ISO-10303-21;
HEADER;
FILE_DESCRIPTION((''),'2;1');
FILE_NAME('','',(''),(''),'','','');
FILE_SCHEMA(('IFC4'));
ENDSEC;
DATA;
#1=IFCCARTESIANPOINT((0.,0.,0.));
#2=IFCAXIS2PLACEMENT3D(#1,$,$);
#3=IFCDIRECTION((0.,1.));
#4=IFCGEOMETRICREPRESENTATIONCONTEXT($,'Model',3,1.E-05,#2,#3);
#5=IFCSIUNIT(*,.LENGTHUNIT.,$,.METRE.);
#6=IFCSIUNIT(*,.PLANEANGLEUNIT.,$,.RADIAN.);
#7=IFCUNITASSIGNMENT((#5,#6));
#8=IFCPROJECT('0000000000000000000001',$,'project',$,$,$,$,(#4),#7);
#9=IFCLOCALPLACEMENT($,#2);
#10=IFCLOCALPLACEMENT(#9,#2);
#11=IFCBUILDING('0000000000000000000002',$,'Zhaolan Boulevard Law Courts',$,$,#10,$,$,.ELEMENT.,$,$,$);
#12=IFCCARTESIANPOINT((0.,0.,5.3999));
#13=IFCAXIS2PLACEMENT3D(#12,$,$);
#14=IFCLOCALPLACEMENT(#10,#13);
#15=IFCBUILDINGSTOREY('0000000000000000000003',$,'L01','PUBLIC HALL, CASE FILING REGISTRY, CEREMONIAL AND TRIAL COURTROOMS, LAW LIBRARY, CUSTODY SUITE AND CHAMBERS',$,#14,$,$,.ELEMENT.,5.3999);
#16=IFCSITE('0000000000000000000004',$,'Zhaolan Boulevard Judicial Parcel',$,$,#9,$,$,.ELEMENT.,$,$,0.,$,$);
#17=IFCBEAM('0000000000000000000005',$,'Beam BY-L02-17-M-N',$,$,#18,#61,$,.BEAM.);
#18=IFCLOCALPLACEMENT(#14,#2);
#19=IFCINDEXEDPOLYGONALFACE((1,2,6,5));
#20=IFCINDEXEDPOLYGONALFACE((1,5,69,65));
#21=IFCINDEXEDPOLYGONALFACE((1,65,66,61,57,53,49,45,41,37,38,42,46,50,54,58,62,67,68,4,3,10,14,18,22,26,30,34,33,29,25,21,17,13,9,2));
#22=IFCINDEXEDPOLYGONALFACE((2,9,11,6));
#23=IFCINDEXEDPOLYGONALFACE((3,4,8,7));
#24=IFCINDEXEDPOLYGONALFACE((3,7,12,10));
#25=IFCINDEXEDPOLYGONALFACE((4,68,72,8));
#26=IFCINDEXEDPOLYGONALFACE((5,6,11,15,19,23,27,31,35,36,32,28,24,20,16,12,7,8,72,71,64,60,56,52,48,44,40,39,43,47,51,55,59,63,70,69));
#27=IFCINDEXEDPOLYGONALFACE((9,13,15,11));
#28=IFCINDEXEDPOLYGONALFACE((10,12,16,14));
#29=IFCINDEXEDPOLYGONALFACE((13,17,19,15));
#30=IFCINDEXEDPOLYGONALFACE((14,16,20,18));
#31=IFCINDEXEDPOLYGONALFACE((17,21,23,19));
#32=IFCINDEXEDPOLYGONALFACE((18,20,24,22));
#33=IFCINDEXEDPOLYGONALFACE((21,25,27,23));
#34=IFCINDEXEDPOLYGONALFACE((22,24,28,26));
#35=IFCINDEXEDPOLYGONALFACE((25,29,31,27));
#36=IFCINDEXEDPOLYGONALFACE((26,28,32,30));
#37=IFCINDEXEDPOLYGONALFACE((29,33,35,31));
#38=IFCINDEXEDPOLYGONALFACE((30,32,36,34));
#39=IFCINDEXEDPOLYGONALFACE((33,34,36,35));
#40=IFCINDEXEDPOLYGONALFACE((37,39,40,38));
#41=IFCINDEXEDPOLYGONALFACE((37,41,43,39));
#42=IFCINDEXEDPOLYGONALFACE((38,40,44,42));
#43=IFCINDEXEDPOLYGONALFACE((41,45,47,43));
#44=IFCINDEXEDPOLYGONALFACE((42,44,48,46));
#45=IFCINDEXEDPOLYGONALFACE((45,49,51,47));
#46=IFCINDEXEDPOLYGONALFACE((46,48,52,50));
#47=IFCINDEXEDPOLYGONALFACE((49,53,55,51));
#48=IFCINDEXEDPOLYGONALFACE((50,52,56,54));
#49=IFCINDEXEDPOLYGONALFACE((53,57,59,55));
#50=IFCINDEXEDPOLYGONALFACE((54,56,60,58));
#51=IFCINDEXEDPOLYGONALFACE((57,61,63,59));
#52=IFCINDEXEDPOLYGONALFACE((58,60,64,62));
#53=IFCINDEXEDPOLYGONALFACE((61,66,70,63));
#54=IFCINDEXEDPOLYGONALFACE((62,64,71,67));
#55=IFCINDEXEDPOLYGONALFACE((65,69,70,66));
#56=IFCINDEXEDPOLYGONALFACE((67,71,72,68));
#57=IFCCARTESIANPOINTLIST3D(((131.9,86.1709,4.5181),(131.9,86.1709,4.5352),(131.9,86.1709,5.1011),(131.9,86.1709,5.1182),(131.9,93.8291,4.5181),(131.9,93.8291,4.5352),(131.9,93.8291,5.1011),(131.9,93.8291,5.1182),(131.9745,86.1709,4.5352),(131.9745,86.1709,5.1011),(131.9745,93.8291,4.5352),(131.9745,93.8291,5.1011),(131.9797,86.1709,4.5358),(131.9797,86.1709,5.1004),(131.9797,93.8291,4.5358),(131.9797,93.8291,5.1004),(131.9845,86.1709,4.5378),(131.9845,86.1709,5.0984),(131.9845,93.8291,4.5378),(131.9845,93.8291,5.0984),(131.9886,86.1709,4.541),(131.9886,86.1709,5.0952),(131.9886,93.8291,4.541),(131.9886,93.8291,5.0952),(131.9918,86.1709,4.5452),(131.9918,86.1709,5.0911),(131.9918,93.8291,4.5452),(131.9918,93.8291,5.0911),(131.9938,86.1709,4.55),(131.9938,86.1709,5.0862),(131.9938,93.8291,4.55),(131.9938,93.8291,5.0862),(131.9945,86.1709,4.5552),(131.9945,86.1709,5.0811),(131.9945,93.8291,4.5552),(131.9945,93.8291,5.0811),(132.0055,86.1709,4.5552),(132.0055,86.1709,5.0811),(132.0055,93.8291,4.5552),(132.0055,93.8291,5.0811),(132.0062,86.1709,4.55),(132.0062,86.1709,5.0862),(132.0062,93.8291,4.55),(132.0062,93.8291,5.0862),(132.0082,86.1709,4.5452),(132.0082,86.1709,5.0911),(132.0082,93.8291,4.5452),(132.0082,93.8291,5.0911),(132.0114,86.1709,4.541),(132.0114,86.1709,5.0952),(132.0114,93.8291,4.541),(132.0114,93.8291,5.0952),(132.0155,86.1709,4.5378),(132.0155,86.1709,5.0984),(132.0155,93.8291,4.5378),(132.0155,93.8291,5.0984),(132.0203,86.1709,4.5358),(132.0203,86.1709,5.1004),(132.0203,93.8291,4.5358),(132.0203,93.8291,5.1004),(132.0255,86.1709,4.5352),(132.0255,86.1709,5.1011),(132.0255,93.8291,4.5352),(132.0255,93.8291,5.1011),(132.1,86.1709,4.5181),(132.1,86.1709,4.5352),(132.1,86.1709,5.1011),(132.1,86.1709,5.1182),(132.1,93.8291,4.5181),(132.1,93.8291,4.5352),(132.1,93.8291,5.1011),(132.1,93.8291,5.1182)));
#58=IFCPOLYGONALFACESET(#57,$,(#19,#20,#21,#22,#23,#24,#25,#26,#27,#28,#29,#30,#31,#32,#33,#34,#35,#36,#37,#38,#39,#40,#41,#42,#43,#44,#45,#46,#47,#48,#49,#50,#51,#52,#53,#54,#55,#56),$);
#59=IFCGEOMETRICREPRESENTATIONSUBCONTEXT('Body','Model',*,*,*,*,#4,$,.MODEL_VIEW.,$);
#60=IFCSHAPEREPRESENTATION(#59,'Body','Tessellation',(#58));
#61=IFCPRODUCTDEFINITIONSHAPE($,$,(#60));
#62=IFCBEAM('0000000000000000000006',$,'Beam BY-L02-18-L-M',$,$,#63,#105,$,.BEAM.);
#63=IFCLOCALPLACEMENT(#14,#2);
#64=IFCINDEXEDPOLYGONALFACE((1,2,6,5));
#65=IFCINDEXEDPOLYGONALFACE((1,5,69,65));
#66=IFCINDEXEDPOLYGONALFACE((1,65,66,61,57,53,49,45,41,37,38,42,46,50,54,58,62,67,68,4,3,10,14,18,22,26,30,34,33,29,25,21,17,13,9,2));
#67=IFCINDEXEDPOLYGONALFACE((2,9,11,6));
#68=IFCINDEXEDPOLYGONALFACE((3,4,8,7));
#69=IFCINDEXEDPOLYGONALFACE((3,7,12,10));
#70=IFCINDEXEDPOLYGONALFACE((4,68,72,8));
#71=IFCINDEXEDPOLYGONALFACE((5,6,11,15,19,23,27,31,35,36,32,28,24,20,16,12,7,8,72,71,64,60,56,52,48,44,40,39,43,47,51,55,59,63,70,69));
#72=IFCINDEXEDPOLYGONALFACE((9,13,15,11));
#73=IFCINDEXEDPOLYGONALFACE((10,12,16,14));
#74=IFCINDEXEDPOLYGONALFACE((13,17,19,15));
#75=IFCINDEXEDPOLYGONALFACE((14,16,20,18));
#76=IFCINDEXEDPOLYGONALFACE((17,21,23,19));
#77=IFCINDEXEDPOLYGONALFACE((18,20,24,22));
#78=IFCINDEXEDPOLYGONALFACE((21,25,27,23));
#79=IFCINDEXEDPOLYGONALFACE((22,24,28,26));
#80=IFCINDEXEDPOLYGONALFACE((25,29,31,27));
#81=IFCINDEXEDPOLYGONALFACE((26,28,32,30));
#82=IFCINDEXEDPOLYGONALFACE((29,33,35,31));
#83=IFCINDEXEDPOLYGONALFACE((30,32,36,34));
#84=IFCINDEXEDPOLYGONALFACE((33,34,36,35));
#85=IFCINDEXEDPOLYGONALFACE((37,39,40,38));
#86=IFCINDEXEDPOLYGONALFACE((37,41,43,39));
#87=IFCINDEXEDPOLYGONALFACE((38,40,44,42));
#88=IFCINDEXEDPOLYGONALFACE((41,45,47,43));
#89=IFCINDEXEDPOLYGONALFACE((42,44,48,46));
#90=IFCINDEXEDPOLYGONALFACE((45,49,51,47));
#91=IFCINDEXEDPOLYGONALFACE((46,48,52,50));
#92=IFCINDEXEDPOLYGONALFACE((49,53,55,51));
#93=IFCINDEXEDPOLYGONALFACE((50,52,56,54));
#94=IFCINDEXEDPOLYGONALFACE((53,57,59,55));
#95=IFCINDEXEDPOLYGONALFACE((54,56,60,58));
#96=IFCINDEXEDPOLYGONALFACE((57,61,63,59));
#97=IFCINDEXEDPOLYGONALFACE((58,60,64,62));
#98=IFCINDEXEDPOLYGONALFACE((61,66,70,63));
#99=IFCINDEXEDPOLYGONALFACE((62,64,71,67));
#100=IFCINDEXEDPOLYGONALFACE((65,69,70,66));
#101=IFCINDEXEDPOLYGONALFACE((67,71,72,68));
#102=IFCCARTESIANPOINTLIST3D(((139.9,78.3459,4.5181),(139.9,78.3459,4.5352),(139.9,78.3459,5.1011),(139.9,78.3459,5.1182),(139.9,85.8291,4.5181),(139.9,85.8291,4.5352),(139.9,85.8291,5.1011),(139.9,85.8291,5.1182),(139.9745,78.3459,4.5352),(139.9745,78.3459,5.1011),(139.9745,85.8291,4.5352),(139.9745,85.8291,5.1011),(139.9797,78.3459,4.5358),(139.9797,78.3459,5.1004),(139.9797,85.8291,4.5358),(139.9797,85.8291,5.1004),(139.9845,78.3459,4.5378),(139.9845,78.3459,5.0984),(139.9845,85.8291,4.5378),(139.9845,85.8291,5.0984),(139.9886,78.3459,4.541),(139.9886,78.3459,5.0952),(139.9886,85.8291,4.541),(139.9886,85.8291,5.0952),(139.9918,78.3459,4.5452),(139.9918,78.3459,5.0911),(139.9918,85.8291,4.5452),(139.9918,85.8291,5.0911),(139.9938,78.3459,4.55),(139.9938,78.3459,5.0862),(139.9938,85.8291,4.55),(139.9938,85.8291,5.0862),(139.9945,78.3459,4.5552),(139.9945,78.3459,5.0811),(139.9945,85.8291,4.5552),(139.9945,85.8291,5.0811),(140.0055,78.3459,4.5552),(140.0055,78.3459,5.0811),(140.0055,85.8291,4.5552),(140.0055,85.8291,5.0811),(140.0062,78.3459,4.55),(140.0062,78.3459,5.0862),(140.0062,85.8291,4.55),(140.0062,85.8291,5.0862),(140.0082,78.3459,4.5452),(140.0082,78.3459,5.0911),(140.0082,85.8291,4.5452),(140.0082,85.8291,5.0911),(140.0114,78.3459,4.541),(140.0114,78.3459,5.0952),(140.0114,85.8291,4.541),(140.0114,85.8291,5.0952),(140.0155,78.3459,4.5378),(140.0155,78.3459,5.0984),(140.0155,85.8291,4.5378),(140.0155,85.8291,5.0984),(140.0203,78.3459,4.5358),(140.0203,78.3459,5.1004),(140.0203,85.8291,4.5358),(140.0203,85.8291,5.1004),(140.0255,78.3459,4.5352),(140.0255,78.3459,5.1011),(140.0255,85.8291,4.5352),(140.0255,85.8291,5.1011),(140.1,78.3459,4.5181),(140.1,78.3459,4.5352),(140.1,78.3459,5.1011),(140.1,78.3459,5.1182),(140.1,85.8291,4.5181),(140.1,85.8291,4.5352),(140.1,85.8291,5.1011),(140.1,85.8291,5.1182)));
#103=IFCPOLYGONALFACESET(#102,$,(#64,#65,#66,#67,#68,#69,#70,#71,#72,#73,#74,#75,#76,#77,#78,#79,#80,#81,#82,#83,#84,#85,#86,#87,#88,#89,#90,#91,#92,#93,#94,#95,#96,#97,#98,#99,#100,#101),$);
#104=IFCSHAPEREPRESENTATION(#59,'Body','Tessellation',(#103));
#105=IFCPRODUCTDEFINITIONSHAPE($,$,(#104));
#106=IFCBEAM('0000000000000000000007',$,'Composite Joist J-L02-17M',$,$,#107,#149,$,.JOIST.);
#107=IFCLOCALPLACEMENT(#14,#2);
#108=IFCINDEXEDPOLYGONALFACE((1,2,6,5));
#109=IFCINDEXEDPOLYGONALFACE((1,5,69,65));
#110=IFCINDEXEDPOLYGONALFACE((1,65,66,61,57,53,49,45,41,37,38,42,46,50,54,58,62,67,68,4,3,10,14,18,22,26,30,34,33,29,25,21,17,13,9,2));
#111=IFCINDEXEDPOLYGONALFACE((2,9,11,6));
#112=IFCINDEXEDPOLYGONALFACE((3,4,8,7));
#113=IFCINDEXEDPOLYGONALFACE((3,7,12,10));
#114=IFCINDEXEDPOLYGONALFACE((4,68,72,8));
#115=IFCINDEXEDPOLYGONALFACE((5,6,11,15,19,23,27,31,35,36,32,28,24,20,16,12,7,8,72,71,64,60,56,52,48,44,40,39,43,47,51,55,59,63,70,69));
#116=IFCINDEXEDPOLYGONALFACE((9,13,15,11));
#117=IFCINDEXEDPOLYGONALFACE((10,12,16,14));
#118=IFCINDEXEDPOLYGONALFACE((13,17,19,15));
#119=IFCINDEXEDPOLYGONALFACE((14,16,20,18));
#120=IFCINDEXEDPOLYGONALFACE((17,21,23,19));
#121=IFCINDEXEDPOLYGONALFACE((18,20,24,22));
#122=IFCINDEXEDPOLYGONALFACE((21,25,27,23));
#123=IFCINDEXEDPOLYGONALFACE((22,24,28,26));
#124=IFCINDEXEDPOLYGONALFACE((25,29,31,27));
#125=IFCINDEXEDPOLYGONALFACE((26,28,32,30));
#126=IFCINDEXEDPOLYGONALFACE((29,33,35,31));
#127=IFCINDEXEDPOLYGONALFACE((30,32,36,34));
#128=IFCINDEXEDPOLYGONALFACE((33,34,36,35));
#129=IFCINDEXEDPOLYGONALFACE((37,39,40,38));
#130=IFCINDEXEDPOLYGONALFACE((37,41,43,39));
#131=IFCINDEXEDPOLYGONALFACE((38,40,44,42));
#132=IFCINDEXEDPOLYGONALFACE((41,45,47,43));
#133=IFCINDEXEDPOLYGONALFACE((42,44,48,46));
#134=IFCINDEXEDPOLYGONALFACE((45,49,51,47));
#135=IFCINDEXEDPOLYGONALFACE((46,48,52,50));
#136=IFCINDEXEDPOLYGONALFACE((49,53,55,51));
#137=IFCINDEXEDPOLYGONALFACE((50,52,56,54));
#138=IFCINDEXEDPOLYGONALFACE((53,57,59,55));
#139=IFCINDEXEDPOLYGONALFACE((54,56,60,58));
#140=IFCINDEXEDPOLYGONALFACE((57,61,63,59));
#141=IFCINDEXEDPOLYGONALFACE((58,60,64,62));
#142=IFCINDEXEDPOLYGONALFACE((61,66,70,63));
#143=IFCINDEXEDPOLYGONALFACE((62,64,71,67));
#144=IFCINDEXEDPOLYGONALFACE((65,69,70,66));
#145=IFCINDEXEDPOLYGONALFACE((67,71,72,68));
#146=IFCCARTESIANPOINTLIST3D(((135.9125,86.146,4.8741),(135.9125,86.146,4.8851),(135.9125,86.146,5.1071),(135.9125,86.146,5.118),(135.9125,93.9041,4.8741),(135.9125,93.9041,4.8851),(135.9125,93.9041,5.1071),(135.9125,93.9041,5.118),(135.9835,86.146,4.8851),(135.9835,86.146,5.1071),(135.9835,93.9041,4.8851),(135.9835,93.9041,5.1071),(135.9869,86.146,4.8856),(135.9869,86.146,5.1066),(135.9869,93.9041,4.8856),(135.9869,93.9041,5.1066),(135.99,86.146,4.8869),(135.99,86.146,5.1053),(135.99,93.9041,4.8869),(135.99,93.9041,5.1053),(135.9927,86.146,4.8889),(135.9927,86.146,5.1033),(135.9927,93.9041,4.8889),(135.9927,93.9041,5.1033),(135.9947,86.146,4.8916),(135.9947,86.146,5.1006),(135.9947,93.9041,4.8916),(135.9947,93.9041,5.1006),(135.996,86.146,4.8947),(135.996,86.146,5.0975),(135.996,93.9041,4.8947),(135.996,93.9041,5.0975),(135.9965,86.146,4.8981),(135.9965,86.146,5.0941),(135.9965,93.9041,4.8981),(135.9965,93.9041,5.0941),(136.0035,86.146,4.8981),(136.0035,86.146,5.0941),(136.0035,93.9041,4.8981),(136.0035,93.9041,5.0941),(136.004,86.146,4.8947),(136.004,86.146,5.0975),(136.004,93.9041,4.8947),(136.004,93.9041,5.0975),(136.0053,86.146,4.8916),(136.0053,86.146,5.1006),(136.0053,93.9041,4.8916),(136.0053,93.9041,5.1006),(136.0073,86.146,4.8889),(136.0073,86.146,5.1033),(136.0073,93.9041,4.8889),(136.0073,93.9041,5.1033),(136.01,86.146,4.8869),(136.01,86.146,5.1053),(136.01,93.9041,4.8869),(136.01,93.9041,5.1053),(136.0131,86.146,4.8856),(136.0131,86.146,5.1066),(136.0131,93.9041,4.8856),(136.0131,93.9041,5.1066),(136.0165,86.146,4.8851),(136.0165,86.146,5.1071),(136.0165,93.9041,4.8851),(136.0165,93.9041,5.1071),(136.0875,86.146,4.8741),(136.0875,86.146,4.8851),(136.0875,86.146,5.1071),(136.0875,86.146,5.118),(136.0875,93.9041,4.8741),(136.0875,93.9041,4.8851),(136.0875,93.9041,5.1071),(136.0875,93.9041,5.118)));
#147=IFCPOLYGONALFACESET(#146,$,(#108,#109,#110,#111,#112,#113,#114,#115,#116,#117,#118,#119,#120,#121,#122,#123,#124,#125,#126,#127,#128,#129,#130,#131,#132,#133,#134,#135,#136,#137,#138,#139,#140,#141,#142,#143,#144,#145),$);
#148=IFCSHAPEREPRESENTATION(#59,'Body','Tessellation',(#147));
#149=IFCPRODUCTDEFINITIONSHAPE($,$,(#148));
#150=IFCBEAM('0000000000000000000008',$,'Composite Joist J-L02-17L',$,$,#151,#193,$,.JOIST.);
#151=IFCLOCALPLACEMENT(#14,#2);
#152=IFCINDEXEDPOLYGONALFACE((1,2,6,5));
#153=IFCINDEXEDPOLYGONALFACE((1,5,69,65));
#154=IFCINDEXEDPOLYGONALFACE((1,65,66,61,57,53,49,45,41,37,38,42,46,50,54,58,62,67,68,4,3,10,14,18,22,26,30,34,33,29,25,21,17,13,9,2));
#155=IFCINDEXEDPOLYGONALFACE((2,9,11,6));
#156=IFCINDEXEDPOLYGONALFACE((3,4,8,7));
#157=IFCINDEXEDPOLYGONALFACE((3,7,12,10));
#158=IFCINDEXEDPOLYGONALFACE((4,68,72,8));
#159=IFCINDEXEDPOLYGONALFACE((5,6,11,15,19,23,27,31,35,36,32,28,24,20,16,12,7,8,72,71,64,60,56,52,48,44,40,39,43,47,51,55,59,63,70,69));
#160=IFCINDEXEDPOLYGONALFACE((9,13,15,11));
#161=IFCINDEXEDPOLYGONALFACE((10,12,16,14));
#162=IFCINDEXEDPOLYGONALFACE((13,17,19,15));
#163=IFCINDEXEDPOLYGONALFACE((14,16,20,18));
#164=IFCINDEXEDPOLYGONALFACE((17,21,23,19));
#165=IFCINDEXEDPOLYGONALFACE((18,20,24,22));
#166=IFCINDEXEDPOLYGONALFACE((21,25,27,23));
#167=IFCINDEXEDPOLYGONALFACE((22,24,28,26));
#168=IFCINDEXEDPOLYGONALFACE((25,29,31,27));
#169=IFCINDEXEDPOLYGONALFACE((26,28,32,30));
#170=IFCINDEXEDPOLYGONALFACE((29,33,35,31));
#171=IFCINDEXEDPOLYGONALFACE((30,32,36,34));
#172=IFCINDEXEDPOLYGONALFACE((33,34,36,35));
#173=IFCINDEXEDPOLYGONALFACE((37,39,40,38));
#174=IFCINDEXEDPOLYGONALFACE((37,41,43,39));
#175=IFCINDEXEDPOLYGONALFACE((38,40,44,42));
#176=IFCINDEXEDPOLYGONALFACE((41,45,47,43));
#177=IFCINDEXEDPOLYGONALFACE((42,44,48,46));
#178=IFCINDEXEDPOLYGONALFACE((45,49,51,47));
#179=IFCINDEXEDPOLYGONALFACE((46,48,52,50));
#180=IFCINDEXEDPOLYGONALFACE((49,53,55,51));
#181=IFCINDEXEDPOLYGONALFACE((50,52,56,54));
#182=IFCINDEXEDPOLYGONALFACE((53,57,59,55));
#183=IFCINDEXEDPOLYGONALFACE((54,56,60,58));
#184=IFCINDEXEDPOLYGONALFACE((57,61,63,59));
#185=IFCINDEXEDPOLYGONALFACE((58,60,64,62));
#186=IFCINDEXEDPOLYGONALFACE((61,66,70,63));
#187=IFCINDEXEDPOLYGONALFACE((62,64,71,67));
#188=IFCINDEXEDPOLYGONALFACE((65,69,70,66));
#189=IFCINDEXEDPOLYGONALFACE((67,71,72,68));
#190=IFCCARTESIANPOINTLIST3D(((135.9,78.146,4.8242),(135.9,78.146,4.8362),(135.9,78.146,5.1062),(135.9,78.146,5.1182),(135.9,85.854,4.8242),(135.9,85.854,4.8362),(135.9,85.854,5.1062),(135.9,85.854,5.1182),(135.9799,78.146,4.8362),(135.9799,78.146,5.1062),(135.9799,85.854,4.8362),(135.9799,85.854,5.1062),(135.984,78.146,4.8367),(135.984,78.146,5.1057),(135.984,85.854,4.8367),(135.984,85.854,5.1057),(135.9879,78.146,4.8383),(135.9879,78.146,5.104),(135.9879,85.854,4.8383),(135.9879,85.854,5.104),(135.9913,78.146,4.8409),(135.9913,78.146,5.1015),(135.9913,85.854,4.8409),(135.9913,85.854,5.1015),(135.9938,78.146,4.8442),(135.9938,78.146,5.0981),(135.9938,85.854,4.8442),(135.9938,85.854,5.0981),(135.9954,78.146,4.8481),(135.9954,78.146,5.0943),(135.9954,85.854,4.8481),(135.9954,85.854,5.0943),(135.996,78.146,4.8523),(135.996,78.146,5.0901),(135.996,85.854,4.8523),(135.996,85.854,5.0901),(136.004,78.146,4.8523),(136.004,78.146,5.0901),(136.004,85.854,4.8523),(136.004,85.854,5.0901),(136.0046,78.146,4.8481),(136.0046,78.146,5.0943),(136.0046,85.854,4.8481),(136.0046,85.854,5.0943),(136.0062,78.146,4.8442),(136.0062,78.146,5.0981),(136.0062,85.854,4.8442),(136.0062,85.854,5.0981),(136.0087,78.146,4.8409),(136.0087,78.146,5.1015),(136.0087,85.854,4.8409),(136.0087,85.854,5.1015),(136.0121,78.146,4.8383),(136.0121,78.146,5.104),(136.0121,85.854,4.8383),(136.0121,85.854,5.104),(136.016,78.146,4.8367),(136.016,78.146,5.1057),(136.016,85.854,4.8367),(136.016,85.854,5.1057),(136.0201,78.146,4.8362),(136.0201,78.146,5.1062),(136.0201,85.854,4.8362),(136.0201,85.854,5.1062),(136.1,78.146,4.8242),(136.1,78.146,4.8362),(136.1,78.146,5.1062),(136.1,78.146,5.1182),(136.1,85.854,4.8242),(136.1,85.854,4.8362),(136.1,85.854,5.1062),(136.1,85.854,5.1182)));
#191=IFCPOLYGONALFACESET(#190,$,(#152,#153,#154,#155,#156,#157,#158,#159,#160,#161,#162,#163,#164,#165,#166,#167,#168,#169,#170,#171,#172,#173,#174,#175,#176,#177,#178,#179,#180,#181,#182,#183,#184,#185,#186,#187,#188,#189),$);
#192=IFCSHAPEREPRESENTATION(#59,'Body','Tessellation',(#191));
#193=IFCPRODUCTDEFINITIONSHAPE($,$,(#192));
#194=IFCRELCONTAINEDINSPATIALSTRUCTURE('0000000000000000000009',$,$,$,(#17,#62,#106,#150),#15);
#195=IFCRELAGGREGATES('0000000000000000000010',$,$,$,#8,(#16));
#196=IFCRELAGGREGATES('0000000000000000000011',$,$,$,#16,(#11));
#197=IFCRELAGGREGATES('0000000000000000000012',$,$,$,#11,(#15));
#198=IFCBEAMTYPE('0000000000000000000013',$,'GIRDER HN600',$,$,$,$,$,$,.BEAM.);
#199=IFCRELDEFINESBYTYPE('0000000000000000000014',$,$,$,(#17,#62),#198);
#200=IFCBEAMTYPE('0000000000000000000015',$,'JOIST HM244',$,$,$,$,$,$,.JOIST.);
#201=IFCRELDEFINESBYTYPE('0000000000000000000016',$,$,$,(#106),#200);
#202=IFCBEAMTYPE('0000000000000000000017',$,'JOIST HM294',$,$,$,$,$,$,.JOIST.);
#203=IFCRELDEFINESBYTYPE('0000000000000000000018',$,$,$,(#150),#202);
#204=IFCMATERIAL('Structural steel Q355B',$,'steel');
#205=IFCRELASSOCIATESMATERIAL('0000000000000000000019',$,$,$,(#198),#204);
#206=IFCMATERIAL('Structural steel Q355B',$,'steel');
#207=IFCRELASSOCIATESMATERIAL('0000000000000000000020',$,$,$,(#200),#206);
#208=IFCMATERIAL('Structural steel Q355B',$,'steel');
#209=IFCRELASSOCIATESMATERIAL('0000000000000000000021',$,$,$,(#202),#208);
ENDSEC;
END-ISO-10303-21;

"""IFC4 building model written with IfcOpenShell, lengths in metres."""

from ifc_helpers import new_model, si_unit, direction, frame, origin, origin_2d, place, context, subcontext, project, spatial, i_section, extrude, material, material_profile, profile_set, type_object, element, save


model = new_model("IFC4")

# Units and contexts
model_context = context("Model", 3, precision=1e-05, world=origin(), true_north=direction((0.0, 1.0)))
body_context = subcontext(model_context, "Body", "Model", "MODEL_VIEW")
ifc_project = project(units=[si_unit("LENGTHUNIT", "METRE"), si_unit("PLANEANGLEUNIT", "RADIAN")], contexts=[model_context])

# Site, building, storey
site_placement = place(None, origin())
site = spatial("IfcSite", under=ifc_project, at=site_placement, Name="Zhaolan Boulevard Judicial Parcel", CompositionType="ELEMENT", RefElevation=0.0)
building_placement = place(site_placement, origin())
building = spatial("IfcBuilding", under=site, at=building_placement, Name="Zhaolan Boulevard Law Courts", CompositionType="ELEMENT")
storey_placement = place(building_placement, frame((0.0, 0.0, 5.3999)))
storey = spatial("IfcBuildingStorey", under=building, at=storey_placement, Name="L01", Description="PUBLIC HALL, CASE FILING REGISTRY, CEREMONIAL AND TRIAL COURTROOMS, LAW LIBRARY, CUSTODY SUITE AND CHAMBERS", CompositionType="ELEMENT", Elevation=5.3999)

# Beams
ifc_material_1 = material(Name="Structural steel Q355B", Category="steel")
ifc_material_profile_1 = material_profile(ifc_material_1, i_section(OverallWidth=0.2, OverallDepth=0.6001, WebThickness=0.011, FlangeThickness=0.0171, FilletRadius=0.02, at=origin_2d()), Name="HN600x200")
ifc_profile_set_1 = profile_set([ifc_material_profile_1], Name="Structural steel Q355B")
beam_type_1 = type_object("IfcBeamType", Name="GIRDER HN600", PredefinedType="BEAM", material=ifc_profile_set_1)
for number, where, z_axis, x_axis, name in (
    (1, (132.0, 86.1709, 4.8181), (0.0, 1.0, 0.0), (-1.0, 0.0, 0.0), "Beam BY-L02-17-M-N"),
):
    element("IfcBeam", number, at=place(storey_placement, frame(where, z_axis=z_axis, x_axis=x_axis)), inside=storey, type_object=beam_type_1, Name=name, PredefinedType="BEAM", context=body_context, shape_type="SweptSolid", body=[
        extrude(i_section(OverallWidth=0.2, OverallDepth=0.6001, WebThickness=0.011, FlangeThickness=0.0171, FilletRadius=0.02, at=origin_2d()), origin(), (0.0, 0.0, 1.0), 7.6582),
    ])
beam_1_placement = place(storey_placement, frame((140.0, 78.3459, 4.8181), z_axis=(0.0, 1.0, 0.0), x_axis=(-1.0, 0.0, 0.0)))
element("IfcBeam", 2, at=beam_1_placement, inside=storey, type_object=beam_type_1, Name="Beam BY-L02-18-L-M", PredefinedType="BEAM", context=body_context, shape_type="SweptSolid", body=[
    extrude(i_section(OverallWidth=0.2, OverallDepth=0.6001, WebThickness=0.011, FlangeThickness=0.0171, FilletRadius=0.02, at=origin_2d()), origin(), (0.0, 0.0, 1.0), 7.4832),
])
ifc_material_2 = material(Name="Structural steel Q355B", Category="steel")
ifc_material_profile_2 = material_profile(ifc_material_2, i_section(OverallWidth=0.175, OverallDepth=0.2439, WebThickness=0.0071, FlangeThickness=0.011, FilletRadius=0.0129, at=origin_2d()), Name="HM244x175")
ifc_profile_set_2 = profile_set([ifc_material_profile_2], Name="Structural steel Q355B")
beam_type_2 = type_object("IfcBeamType", Name="JOIST HM244", PredefinedType="JOIST", material=ifc_profile_set_2)
beam_2_placement = place(storey_placement, frame((136.0, 86.146, 4.9961), z_axis=(0.0, 1.0, 0.0), x_axis=(-1.0, 0.0, 0.0)))
element("IfcBeam", 3, at=beam_2_placement, inside=storey, type_object=beam_type_2, Name="Composite Joist J-L02-17M", PredefinedType="JOIST", context=body_context, shape_type="SweptSolid", body=[
    extrude(i_section(OverallWidth=0.175, OverallDepth=0.2439, WebThickness=0.0071, FlangeThickness=0.011, FilletRadius=0.0129, at=origin_2d()), origin(), (0.0, 0.0, 1.0), 7.7581),
])
ifc_material_3 = material(Name="Structural steel Q355B", Category="steel")
ifc_material_profile_3 = material_profile(ifc_material_3, i_section(OverallWidth=0.2, OverallDepth=0.2939, WebThickness=0.0081, FlangeThickness=0.012, FilletRadius=0.0161, at=origin_2d()), Name="HM294x200")
ifc_profile_set_3 = profile_set([ifc_material_profile_3], Name="Structural steel Q355B")
beam_type_3 = type_object("IfcBeamType", Name="JOIST HM294", PredefinedType="JOIST", material=ifc_profile_set_3)
beam_3_placement = place(storey_placement, frame((136.0, 78.146, 4.9712), z_axis=(0.0, 1.0, 0.0), x_axis=(-1.0, 0.0, 0.0)))
element("IfcBeam", 4, at=beam_3_placement, inside=storey, type_object=beam_type_3, Name="Composite Joist J-L02-17L", PredefinedType="JOIST", context=body_context, shape_type="SweptSolid", body=[
    extrude(i_section(OverallWidth=0.2, OverallDepth=0.2939, WebThickness=0.0081, FlangeThickness=0.012, FilletRadius=0.0161, at=origin_2d()), origin(), (0.0, 0.0, 1.0), 7.708),
])

save(model, "model.ifc")
